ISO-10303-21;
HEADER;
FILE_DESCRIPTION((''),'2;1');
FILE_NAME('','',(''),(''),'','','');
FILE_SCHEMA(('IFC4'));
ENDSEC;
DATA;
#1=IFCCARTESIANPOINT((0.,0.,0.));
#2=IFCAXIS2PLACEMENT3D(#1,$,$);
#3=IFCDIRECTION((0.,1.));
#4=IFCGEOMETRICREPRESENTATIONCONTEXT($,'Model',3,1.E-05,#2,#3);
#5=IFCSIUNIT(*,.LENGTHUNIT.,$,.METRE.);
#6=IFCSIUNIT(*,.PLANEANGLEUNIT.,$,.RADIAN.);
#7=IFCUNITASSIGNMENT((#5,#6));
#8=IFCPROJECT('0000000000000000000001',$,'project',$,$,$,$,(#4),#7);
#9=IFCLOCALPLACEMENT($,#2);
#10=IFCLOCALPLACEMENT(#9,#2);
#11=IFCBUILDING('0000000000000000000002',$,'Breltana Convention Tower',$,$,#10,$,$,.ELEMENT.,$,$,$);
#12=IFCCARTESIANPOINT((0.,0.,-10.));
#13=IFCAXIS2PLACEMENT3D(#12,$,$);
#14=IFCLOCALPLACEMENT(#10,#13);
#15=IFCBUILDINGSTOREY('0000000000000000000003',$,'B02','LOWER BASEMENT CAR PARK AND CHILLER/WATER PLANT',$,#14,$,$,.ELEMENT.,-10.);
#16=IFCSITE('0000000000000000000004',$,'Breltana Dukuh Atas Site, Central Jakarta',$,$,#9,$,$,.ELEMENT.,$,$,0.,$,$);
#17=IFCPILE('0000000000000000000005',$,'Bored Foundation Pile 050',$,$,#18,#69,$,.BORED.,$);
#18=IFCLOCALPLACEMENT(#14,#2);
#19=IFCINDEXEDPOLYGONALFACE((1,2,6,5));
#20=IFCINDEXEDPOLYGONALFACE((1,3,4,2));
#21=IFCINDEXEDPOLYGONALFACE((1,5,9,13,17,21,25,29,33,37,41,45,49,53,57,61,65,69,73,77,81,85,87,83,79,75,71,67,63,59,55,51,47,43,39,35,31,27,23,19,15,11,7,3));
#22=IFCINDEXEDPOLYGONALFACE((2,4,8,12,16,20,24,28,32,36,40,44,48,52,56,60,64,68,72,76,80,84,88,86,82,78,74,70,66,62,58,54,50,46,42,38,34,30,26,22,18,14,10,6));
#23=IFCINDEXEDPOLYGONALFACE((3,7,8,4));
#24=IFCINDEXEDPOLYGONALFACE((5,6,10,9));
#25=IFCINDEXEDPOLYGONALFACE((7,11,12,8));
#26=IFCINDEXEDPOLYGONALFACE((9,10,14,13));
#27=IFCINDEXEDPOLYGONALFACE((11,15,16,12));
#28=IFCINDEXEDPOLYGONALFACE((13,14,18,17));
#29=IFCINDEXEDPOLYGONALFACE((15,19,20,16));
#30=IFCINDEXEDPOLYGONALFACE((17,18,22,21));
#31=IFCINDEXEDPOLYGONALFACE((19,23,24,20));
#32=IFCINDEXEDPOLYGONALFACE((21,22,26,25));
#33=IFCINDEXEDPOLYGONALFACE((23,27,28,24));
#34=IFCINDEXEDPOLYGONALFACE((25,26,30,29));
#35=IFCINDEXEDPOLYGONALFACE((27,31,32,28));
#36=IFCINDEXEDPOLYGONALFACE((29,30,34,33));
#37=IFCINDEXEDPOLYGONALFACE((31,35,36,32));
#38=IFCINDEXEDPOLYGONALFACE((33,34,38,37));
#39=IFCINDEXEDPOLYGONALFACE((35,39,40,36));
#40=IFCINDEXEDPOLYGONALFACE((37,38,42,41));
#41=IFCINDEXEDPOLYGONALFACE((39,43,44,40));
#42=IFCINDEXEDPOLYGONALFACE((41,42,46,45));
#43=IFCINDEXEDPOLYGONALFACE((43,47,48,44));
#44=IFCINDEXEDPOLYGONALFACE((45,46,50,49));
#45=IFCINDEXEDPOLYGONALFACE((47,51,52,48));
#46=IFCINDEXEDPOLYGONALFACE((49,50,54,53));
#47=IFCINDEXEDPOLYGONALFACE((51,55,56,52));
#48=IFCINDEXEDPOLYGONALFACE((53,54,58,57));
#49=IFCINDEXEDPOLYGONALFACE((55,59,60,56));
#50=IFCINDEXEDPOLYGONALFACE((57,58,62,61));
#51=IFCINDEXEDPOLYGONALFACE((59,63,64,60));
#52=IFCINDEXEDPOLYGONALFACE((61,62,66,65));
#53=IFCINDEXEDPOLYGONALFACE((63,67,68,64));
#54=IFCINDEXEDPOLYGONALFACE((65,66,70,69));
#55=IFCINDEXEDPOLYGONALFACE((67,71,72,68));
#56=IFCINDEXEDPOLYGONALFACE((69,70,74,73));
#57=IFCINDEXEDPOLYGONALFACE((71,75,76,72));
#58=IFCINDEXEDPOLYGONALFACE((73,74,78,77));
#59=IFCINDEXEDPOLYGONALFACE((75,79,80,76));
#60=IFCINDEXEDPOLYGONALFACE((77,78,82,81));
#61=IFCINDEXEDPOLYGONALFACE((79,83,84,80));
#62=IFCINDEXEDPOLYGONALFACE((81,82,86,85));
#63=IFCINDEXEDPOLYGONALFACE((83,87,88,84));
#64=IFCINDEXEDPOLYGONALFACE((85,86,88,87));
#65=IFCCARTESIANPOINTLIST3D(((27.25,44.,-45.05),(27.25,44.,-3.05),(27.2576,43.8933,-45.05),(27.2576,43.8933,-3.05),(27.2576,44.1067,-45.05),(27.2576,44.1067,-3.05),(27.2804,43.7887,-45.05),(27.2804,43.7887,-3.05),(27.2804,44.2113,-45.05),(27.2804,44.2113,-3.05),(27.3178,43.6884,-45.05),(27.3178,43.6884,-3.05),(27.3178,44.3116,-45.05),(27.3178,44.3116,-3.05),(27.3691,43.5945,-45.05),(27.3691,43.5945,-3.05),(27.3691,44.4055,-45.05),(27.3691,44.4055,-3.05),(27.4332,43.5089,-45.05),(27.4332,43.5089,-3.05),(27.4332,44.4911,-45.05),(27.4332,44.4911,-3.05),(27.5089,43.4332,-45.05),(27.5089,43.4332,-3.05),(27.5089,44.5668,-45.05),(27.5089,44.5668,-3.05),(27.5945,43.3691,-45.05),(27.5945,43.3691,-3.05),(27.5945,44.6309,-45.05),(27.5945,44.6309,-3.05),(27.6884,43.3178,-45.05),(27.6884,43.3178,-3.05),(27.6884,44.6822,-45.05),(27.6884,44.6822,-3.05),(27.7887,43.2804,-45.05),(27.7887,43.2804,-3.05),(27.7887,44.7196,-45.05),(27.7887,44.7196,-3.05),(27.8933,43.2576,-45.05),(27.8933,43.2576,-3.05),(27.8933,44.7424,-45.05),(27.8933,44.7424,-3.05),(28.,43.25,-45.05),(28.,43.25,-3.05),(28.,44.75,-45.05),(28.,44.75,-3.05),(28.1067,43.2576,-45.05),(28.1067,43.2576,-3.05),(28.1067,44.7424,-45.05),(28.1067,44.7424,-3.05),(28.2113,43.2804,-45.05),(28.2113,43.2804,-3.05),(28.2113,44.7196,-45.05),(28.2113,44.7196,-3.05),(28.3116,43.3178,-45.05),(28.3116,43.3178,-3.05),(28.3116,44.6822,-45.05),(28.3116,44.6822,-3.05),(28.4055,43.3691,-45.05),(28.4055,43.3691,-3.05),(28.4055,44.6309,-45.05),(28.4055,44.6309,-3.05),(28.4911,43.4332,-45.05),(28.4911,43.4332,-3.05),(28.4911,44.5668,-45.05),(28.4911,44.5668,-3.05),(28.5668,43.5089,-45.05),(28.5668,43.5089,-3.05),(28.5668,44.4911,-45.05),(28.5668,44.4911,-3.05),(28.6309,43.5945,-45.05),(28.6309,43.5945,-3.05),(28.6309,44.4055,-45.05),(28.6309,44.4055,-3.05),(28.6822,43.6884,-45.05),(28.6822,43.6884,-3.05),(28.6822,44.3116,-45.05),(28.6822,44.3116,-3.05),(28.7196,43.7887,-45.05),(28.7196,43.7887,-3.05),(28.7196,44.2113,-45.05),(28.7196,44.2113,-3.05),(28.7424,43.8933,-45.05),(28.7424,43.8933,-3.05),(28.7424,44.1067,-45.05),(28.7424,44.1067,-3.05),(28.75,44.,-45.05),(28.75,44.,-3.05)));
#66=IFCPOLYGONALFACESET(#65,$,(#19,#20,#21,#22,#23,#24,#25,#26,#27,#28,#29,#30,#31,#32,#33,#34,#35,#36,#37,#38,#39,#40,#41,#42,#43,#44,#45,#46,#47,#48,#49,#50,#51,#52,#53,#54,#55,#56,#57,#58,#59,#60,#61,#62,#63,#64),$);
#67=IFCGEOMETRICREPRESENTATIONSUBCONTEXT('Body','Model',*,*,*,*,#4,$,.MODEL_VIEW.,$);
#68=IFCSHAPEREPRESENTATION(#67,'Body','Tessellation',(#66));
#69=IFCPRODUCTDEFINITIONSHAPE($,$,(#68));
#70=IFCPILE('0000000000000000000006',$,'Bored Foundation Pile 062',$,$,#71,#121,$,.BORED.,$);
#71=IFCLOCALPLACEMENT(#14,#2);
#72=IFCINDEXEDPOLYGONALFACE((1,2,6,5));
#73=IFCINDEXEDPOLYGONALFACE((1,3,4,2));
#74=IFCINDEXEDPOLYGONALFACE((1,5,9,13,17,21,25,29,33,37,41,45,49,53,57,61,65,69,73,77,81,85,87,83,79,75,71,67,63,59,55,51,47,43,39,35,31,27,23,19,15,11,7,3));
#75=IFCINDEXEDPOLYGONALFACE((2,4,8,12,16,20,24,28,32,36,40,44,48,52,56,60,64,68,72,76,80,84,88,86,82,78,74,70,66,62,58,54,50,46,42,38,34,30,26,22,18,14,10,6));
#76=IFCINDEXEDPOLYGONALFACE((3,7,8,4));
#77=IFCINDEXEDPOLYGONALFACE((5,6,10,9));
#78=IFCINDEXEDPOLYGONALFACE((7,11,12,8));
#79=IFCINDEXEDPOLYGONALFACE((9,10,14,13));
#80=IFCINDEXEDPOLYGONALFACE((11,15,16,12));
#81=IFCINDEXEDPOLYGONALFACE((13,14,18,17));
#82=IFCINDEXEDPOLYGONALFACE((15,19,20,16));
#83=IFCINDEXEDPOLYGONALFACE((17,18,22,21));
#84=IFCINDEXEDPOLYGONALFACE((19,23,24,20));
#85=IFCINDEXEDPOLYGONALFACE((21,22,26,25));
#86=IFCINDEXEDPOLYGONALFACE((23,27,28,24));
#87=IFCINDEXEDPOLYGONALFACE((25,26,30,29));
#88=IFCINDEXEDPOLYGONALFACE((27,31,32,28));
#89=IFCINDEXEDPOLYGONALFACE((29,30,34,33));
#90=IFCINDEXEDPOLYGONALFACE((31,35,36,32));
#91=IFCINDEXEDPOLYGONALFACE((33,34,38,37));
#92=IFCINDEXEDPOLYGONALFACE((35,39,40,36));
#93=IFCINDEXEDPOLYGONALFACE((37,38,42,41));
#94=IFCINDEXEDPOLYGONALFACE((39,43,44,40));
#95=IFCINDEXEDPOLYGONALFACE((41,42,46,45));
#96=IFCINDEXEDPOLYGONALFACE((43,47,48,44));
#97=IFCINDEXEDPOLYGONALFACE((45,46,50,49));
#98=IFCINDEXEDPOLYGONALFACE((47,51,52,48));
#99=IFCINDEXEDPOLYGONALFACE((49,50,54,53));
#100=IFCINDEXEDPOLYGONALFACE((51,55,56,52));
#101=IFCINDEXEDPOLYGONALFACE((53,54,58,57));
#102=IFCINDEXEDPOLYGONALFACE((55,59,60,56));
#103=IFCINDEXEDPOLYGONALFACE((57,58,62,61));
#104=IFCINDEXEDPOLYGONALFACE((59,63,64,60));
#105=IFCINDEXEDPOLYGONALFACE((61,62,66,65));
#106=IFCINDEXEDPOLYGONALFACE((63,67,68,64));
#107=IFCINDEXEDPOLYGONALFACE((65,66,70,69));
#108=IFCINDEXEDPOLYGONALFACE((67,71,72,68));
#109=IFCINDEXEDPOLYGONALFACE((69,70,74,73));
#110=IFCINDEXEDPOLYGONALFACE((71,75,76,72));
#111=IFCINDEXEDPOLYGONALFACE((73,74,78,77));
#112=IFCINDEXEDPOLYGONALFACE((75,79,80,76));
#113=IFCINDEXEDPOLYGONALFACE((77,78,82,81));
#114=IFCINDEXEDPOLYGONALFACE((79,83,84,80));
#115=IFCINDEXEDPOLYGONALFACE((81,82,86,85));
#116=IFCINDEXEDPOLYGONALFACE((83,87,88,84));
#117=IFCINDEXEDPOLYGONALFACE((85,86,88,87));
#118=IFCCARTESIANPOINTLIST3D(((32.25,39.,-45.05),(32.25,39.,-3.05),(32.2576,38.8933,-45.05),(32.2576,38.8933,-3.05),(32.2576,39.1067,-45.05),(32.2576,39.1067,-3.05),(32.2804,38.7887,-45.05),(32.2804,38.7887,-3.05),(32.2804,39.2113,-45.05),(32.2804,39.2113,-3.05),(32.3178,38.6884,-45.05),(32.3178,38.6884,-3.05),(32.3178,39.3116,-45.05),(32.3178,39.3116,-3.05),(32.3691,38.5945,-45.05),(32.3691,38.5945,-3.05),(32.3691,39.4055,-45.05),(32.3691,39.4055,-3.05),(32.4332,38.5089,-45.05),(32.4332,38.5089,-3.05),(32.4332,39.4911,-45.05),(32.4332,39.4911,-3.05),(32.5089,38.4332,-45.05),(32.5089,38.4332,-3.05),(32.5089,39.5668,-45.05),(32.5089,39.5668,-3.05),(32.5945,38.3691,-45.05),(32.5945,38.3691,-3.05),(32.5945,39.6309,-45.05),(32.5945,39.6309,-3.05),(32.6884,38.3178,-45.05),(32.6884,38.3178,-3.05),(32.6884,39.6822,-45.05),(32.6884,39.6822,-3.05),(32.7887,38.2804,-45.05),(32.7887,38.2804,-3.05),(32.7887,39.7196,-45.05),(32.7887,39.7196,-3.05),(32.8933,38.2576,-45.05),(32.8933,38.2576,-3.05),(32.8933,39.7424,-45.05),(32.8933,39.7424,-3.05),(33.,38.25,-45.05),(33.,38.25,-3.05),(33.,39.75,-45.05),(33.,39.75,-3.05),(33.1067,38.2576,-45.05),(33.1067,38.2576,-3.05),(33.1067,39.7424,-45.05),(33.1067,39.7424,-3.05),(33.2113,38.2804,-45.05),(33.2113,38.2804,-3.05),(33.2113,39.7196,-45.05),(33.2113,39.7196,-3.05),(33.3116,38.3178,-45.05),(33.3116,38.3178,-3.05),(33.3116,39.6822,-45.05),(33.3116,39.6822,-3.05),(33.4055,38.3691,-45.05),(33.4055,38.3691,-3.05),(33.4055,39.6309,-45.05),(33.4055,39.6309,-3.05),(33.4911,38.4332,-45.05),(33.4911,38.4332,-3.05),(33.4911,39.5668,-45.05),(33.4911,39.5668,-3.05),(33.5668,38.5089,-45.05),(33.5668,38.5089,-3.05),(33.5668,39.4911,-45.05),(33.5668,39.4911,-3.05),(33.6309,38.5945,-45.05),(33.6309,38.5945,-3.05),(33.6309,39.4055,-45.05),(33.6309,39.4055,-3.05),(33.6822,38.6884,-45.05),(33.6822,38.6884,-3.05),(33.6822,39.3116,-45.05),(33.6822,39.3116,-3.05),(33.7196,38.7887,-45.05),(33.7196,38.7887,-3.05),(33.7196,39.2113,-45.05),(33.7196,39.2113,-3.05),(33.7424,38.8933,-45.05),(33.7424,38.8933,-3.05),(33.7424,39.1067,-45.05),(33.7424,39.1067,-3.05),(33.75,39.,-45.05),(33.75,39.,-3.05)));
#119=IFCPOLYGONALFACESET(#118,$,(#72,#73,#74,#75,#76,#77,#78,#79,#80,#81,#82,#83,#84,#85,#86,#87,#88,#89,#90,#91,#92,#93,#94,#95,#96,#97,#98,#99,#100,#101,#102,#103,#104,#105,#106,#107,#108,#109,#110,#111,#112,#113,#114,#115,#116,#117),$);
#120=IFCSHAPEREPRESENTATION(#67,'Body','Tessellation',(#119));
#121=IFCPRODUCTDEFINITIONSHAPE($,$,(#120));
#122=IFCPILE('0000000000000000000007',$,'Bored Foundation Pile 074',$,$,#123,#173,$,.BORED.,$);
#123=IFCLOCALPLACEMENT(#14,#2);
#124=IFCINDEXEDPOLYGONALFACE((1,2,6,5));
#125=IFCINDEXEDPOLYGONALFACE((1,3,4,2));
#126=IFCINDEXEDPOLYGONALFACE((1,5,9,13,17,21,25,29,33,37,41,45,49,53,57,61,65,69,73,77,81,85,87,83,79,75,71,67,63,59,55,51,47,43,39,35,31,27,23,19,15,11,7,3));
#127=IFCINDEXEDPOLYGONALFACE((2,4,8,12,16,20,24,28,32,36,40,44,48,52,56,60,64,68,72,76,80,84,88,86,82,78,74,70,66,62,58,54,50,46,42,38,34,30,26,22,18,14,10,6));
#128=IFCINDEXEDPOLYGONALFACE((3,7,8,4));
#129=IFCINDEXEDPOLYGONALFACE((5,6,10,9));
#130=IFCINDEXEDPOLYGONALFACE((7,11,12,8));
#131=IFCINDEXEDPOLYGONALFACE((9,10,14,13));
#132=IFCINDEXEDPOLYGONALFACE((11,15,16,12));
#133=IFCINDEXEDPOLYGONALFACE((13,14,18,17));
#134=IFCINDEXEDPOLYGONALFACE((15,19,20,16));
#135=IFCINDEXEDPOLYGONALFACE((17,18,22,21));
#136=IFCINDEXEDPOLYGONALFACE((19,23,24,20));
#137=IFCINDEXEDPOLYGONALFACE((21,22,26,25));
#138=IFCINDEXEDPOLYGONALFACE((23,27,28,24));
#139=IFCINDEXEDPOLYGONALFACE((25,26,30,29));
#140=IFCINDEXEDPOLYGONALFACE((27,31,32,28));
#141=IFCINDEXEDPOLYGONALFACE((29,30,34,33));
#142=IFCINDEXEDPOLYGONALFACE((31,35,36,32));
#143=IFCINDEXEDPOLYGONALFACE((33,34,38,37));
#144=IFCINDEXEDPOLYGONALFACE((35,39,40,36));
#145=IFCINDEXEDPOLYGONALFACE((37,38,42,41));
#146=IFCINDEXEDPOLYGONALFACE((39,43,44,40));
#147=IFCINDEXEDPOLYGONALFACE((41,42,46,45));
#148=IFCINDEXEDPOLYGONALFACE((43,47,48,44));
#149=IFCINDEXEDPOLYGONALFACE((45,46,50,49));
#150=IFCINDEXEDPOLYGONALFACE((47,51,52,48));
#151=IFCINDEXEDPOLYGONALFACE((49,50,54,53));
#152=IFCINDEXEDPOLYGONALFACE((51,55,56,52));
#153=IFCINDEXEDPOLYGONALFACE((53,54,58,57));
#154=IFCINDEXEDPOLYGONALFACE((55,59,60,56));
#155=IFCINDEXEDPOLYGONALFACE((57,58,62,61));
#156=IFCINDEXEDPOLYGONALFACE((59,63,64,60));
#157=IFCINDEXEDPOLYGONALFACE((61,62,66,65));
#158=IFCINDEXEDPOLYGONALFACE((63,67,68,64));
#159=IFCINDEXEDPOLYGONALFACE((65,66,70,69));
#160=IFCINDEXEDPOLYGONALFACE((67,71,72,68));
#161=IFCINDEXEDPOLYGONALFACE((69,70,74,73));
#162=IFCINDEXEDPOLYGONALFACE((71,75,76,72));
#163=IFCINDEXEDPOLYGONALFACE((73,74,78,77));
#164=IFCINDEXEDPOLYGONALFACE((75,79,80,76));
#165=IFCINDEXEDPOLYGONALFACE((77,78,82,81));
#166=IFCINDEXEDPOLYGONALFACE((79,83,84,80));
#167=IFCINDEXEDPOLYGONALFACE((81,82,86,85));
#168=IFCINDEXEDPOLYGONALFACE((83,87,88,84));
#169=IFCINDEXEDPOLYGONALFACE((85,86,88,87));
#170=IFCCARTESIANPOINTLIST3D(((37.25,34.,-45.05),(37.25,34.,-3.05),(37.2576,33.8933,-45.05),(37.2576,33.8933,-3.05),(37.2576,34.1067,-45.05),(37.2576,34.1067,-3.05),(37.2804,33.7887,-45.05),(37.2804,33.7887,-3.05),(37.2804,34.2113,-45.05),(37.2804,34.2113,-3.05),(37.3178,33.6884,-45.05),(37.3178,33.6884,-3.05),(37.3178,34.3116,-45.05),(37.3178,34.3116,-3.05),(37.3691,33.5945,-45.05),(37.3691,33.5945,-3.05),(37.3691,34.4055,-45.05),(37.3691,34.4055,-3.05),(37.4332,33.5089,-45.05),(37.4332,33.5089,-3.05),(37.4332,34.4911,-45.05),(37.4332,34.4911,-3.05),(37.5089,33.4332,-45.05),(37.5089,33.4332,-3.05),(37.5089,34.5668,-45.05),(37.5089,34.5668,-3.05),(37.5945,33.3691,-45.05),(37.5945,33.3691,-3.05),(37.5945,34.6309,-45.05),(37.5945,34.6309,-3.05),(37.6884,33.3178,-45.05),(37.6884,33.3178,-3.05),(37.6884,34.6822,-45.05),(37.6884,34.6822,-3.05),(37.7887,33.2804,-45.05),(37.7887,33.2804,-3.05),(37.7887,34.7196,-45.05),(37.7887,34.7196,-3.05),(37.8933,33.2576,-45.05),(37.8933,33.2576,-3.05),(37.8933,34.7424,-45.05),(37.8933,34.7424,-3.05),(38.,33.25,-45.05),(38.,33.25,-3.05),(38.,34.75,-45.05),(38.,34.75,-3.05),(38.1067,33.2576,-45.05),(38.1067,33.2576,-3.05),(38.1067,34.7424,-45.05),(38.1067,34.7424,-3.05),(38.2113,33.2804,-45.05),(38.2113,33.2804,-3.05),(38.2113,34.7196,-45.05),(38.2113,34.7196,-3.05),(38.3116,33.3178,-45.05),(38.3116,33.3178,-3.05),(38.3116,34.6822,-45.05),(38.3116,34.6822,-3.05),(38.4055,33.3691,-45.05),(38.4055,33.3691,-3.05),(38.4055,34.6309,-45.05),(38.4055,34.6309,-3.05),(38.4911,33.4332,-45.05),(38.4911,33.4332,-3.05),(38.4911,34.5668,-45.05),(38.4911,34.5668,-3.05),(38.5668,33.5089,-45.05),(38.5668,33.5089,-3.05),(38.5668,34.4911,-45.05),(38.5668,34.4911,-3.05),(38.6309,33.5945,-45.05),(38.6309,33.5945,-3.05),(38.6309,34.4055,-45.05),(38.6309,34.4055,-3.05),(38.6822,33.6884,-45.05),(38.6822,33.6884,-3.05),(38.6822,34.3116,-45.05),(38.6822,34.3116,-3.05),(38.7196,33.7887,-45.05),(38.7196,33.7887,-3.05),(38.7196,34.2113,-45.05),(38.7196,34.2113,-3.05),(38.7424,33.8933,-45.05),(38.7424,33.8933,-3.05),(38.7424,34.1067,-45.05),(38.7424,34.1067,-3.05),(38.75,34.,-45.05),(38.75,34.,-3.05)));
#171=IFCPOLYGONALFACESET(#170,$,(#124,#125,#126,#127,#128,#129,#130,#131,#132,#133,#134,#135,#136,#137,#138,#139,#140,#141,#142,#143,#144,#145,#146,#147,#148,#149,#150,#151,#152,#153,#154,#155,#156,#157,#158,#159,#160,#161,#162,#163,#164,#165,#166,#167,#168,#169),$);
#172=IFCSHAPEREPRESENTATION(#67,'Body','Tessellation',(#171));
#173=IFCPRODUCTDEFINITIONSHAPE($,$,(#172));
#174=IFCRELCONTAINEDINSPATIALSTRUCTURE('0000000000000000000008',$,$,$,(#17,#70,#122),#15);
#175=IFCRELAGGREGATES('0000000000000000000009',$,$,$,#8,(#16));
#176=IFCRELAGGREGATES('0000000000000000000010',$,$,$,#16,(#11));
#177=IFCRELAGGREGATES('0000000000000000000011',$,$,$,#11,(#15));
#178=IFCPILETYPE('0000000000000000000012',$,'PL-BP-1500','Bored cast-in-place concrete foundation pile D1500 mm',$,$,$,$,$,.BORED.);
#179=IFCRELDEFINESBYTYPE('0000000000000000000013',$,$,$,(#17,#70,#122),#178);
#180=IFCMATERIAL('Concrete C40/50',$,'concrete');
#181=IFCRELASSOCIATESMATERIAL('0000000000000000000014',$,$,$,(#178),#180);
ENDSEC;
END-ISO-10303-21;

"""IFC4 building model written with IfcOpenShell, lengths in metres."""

from ifc_helpers import new_model, si_unit, direction, frame, origin, origin_2d, place, context, subcontext, project, spatial, circle, extrude, source, transform, mapped, material, material_profile, profile_set, type_object, type_shapes, element, save


model = new_model("IFC4")

# Units and contexts
model_context = context("Model", 3, precision=1e-05, world=origin(), true_north=direction((0.0, 1.0)))
body_context = subcontext(model_context, "Body", "Model", "MODEL_VIEW")
ifc_project = project(units=[si_unit("LENGTHUNIT", "METRE"), si_unit("PLANEANGLEUNIT", "RADIAN")], contexts=[model_context])

# Site, building, storey
site_placement = place(None, origin())
site = spatial("IfcSite", under=ifc_project, at=site_placement, Name="Breltana Dukuh Atas Site, Central Jakarta", CompositionType="ELEMENT", RefElevation=0.0)
building_placement = place(site_placement, origin())
building = spatial("IfcBuilding", under=site, at=building_placement, Name="Breltana Convention Tower", CompositionType="ELEMENT")
storey_placement = place(building_placement, frame((0.0, 0.0, -10.0)))
storey = spatial("IfcBuildingStorey", under=building, at=storey_placement, Name="B02", Description="LOWER BASEMENT CAR PARK AND CHILLER/WATER PLANT", CompositionType="ELEMENT", Elevation=-10.0)

# Piles
ifc_material_1 = material(Name="Concrete C40/50", Category="concrete")
ifc_material_profile_1 = material_profile(ifc_material_1, circle(Radius=0.75, at=origin_2d()), Name="BP-D1500")
ifc_profile_set_1 = profile_set([ifc_material_profile_1], Name="Concrete C40/50")
pile_type_1 = type_object("IfcPileType", Name="PL-BP-1500", Description="Bored cast-in-place concrete foundation pile D1500 mm", PredefinedType="BORED", material=ifc_profile_set_1)
shared_shape_1 = source(origin(), body_context, "Body", "SweptSolid", [
    extrude(circle(Radius=0.75, at=origin_2d()), origin(), (0.0, 0.0, 1.0), 42.0),
])
type_shapes(pile_type_1, [shared_shape_1])
for number, where, z_axis, x_axis, name in (
    (1, (28.0, 44.0, -3.05), (0.0, 0.0, -1.0), (1.0, 0.0, 0.0), "Bored Foundation Pile 050"),
    (2, (33.0, 39.0, -3.05), (0.0, 0.0, -1.0), (1.0, 0.0, 0.0), "Bored Foundation Pile 062"),
    (3, (38.0, 34.0, -3.05), (0.0, 0.0, -1.0), (1.0, 0.0, 0.0), "Bored Foundation Pile 074"),
):
    element("IfcPile", number, at=place(storey_placement, frame(where, z_axis=z_axis, x_axis=x_axis)), inside=storey, type_object=pile_type_1, Name=name, PredefinedType="BORED", context=body_context, shape_type="MappedRepresentation", body=[
        mapped(shared_shape_1, transform((0.0, 0.0, 0.0), scale=1.0)),
    ])

save(model, "model.ifc")
